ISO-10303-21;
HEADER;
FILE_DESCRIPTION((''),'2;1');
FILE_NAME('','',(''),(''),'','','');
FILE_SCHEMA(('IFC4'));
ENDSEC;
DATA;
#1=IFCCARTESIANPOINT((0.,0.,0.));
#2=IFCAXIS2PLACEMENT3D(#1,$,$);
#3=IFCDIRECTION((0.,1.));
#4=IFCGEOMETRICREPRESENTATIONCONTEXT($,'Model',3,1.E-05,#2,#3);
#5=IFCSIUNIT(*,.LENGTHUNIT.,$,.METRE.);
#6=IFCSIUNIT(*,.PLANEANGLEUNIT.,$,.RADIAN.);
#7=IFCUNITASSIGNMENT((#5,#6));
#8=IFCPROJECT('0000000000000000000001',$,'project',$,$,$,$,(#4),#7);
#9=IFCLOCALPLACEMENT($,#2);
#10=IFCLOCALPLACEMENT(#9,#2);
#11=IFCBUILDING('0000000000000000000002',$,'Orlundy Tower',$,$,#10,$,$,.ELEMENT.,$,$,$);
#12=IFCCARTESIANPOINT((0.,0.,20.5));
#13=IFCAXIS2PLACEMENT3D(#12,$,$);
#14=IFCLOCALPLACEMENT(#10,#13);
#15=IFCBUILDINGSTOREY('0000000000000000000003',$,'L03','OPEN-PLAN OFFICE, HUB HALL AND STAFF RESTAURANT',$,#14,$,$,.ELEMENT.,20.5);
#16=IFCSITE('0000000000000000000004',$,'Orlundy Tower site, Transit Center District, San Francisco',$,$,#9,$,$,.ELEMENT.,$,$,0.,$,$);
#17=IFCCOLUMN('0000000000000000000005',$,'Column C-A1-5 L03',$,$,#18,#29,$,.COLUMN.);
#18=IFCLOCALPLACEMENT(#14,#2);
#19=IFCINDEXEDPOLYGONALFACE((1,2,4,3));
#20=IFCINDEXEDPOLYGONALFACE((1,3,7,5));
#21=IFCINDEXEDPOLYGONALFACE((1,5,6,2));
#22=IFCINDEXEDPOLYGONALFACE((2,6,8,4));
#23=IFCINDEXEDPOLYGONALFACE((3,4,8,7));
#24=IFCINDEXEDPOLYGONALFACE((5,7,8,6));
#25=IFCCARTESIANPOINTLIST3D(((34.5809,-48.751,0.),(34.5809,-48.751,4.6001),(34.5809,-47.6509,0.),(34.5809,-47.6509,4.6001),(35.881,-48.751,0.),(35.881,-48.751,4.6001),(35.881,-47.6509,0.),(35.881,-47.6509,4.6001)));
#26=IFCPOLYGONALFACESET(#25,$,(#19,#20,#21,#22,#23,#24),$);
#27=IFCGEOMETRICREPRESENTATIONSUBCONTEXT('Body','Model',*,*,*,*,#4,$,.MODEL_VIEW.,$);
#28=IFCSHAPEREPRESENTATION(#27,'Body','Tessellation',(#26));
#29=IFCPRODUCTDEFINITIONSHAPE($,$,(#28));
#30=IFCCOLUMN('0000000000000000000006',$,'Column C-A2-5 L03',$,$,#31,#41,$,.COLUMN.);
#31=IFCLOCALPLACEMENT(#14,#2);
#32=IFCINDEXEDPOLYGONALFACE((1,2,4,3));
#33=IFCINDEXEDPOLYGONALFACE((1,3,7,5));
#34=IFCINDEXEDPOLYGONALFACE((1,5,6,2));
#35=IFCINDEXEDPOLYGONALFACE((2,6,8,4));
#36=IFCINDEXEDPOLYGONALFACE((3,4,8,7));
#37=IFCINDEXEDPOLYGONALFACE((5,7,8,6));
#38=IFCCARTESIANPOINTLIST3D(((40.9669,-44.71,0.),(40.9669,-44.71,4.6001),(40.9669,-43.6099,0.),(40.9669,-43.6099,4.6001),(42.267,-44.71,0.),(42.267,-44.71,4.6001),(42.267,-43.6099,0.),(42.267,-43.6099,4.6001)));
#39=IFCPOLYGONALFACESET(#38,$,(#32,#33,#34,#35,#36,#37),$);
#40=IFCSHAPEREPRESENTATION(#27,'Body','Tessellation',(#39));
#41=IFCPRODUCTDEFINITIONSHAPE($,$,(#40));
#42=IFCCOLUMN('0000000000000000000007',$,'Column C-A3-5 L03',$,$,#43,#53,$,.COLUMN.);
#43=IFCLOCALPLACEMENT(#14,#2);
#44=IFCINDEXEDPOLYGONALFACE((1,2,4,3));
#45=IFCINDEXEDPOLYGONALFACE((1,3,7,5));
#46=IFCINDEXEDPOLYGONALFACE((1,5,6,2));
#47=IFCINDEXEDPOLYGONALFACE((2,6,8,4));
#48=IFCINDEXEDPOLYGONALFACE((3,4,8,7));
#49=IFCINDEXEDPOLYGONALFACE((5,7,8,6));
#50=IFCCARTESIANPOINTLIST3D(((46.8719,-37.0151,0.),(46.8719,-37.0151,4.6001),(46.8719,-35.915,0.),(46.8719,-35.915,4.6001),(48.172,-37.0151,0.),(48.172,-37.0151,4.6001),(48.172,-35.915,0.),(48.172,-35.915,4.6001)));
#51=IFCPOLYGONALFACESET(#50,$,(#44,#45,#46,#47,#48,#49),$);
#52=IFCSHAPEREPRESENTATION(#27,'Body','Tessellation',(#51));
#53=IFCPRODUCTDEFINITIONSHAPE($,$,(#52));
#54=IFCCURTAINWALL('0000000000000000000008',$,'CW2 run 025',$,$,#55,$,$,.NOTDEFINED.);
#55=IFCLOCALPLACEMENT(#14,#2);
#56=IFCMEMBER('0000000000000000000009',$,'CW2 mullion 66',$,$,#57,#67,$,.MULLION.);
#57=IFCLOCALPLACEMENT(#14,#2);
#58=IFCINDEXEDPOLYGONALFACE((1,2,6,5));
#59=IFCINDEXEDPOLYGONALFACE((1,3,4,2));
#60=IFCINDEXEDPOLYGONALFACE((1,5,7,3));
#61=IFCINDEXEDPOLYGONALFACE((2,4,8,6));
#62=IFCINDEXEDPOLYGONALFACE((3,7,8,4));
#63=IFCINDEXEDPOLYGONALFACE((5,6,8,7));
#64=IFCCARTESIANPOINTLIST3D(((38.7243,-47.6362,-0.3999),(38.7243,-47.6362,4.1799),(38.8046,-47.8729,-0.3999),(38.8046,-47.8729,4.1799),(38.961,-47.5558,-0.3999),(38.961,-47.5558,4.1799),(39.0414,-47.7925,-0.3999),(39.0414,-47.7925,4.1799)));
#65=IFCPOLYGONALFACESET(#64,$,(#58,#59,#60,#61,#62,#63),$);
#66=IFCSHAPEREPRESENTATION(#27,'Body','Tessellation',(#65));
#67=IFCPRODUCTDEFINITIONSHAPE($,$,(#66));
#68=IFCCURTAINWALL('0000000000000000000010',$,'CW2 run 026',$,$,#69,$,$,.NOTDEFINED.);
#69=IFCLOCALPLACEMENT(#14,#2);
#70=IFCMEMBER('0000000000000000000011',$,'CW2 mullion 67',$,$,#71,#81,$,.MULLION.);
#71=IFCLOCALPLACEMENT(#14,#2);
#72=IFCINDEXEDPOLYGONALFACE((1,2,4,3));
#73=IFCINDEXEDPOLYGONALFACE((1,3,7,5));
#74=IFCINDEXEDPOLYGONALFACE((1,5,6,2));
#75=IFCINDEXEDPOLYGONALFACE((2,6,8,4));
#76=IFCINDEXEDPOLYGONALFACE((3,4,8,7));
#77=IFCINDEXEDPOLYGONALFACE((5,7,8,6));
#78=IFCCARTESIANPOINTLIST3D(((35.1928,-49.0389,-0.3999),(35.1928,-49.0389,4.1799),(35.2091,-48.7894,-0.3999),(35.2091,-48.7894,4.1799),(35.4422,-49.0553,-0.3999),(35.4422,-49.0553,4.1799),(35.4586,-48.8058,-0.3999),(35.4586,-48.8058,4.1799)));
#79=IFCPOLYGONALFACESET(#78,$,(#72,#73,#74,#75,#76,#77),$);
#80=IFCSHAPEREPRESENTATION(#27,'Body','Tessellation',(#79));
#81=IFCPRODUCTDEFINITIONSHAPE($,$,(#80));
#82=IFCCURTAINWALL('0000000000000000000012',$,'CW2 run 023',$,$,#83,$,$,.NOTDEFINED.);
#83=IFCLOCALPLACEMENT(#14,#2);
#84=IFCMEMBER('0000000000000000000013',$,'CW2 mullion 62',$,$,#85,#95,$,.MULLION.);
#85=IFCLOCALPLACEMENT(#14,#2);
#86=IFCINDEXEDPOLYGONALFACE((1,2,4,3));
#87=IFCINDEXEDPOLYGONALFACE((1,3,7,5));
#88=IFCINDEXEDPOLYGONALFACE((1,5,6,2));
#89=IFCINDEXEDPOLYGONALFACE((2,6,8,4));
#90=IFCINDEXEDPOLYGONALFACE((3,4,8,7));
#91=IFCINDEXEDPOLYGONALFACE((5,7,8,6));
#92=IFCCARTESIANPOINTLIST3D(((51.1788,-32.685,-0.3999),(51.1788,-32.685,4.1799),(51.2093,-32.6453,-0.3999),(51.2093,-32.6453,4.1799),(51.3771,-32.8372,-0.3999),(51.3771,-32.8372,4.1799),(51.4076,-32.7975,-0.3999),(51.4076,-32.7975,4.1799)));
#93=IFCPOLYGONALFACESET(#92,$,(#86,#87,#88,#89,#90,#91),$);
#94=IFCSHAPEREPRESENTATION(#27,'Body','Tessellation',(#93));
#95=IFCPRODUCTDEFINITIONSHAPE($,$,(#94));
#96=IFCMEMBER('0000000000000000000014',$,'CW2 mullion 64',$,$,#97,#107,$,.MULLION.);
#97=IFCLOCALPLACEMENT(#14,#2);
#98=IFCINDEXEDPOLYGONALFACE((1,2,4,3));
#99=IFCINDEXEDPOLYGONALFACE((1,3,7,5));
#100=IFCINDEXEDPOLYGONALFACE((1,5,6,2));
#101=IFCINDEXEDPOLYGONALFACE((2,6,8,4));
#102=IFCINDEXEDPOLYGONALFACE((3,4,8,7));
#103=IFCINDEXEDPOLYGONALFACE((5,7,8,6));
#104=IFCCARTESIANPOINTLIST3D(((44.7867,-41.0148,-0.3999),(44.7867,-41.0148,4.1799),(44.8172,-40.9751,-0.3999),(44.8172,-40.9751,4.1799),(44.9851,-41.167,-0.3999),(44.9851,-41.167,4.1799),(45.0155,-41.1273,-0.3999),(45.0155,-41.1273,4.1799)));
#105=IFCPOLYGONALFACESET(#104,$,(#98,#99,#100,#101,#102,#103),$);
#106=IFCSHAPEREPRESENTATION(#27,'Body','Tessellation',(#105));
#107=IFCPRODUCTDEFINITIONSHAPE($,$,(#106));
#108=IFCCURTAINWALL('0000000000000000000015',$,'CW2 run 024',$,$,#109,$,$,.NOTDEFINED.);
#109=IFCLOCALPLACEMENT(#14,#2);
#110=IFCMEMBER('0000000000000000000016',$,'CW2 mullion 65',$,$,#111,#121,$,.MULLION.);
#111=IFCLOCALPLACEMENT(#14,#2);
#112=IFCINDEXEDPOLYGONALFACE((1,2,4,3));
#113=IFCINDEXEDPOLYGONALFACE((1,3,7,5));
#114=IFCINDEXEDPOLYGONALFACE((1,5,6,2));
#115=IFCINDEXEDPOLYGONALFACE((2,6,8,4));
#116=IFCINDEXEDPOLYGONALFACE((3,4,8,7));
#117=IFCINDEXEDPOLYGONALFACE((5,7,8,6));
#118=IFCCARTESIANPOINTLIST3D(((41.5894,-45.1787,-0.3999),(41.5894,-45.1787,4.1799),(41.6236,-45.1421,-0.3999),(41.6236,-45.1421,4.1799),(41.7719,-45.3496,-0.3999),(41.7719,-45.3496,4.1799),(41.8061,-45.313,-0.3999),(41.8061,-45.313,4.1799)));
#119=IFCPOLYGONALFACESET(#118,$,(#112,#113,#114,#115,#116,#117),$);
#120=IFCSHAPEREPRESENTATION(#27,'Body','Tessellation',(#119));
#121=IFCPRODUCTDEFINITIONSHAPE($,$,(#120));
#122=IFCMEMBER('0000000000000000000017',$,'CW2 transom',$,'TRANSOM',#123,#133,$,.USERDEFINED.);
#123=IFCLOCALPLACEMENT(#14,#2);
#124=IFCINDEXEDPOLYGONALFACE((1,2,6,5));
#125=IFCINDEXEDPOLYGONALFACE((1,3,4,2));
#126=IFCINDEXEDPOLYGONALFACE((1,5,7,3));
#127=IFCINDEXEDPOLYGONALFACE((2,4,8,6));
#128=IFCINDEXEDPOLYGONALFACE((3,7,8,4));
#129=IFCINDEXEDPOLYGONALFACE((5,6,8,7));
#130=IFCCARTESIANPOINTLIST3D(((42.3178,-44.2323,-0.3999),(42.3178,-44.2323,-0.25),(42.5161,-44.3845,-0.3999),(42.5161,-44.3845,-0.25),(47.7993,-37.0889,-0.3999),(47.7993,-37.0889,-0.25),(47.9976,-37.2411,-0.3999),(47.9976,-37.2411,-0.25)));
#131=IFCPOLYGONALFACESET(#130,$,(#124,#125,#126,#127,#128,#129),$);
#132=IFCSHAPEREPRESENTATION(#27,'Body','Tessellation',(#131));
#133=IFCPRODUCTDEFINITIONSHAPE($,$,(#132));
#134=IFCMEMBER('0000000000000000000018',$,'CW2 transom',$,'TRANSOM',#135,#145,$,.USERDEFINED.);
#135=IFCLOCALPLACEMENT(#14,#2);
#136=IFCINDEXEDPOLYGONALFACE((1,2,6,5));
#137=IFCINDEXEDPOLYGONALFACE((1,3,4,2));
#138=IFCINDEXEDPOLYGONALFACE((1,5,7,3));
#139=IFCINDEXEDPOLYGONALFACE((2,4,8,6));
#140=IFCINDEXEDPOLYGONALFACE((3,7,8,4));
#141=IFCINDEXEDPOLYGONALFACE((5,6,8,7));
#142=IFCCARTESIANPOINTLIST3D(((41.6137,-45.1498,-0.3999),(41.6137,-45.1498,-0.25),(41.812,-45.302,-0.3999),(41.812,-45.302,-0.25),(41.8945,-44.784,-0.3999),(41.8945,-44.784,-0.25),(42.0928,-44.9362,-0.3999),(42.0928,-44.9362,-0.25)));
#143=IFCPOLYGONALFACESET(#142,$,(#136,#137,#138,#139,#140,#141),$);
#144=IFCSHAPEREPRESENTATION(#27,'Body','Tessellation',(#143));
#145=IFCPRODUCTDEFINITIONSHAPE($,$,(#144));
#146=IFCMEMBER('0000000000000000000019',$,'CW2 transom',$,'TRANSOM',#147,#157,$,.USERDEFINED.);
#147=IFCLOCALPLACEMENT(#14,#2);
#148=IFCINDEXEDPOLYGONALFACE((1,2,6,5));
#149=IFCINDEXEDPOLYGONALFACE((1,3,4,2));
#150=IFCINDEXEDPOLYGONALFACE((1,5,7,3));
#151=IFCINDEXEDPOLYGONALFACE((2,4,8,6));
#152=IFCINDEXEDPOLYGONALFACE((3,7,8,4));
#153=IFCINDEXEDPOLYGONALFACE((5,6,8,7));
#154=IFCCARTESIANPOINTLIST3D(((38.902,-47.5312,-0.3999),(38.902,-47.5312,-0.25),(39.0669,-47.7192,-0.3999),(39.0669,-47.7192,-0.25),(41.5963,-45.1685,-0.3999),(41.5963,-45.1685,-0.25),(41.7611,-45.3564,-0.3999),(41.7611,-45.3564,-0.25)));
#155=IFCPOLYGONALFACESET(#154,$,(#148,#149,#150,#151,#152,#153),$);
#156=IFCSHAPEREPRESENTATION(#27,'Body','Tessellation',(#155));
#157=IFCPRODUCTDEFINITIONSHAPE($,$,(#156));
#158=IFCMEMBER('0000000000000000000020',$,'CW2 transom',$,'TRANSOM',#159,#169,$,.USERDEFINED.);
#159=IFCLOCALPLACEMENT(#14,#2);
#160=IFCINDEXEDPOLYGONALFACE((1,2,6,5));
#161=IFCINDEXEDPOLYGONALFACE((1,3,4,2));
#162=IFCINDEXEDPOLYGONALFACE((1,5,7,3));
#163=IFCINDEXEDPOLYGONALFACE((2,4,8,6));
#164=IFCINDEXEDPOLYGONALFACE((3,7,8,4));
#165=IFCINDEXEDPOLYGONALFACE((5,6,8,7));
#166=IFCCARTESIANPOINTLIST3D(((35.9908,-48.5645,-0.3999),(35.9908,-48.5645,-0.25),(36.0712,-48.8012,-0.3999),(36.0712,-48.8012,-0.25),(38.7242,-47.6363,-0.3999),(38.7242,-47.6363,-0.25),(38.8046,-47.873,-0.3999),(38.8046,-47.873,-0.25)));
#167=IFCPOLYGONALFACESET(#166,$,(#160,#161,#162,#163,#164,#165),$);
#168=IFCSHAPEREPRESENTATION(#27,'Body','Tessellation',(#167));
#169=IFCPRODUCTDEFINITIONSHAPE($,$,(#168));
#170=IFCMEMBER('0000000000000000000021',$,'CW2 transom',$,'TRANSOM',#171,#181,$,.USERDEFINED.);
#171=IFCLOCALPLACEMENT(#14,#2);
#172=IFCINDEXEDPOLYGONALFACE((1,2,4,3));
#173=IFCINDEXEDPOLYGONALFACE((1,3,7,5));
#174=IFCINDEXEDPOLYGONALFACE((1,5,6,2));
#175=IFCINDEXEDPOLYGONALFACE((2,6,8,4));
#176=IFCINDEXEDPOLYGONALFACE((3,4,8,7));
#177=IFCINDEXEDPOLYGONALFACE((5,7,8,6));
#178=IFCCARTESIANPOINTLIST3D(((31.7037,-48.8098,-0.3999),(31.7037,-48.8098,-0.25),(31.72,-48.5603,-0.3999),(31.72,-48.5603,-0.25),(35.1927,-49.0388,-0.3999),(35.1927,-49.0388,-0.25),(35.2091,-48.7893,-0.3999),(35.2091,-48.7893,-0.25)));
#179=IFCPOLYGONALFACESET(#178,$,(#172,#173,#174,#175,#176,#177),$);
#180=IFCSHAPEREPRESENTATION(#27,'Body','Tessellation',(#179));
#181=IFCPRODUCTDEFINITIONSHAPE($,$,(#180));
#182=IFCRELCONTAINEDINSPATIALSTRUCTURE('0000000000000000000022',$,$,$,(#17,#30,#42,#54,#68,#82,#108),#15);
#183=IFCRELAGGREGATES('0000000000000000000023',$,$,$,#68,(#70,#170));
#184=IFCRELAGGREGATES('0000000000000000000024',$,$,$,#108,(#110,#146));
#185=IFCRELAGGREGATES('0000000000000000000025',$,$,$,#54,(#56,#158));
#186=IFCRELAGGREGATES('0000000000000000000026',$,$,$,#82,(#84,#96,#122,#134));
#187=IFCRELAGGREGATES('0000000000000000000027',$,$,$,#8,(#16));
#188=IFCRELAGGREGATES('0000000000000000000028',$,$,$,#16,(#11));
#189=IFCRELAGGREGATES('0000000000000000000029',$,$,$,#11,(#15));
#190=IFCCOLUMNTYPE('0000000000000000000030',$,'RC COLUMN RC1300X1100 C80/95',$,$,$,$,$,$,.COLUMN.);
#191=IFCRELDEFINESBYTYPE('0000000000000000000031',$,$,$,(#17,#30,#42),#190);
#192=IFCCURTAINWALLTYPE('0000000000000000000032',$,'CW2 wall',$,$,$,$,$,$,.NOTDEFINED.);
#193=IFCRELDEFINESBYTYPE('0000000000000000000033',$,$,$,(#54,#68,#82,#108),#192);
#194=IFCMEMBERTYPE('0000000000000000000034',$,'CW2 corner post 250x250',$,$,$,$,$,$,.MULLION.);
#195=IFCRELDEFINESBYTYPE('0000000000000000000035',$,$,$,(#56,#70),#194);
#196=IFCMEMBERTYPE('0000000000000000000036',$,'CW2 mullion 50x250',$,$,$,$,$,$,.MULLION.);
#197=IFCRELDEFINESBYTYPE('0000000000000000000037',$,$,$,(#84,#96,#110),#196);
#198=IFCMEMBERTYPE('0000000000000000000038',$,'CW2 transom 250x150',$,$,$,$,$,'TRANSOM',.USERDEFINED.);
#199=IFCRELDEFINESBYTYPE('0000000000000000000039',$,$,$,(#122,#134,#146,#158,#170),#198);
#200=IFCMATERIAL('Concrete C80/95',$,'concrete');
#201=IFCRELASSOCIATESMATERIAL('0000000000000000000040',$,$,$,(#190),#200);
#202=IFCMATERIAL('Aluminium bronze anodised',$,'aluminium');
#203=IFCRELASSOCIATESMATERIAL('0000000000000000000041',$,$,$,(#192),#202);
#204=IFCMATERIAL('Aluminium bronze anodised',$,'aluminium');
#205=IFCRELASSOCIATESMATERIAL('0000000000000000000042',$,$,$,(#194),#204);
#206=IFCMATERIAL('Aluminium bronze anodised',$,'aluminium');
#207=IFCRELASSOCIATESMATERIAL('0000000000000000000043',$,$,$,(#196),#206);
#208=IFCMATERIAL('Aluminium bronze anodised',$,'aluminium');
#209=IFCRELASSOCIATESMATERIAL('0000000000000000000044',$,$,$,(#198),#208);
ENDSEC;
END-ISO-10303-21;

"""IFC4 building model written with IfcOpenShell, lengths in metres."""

from ifc_helpers import new_model, si_unit, direction, frame, origin, origin_2d, place, context, subcontext, project, spatial, rectangle, extrude, material, material_profile, profile_set, type_object, element, aggregate, save


model = new_model("IFC4")

# Units and contexts
model_context = context("Model", 3, precision=1e-05, world=origin(), true_north=direction((0.0, 1.0)))
body_context = subcontext(model_context, "Body", "Model", "MODEL_VIEW")
ifc_project = project(units=[si_unit("LENGTHUNIT", "METRE"), si_unit("PLANEANGLEUNIT", "RADIAN")], contexts=[model_context])

# Site, building, storey
site_placement = place(None, origin())
site = spatial("IfcSite", under=ifc_project, at=site_placement, Name="Orlundy Tower site, Transit Center District, San Francisco", CompositionType="ELEMENT", RefElevation=0.0)
building_placement = place(site_placement, origin())
building = spatial("IfcBuilding", under=site, at=building_placement, Name="Orlundy Tower", CompositionType="ELEMENT")
storey_placement = place(building_placement, frame((0.0, 0.0, 20.5)))
storey = spatial("IfcBuildingStorey", under=building, at=storey_placement, Name="L03", Description="OPEN-PLAN OFFICE, HUB HALL AND STAFF RESTAURANT", CompositionType="ELEMENT", Elevation=20.5)

# Columns
ifc_material_1 = material(Name="Concrete C80/95", Category="concrete")
ifc_material_profile_1 = material_profile(ifc_material_1, rectangle(XDim=1.3, YDim=1.1001, at=origin_2d()), Name="RC1300X1100")
ifc_profile_set_1 = profile_set([ifc_material_profile_1], Name="Concrete C80/95")
column_type = type_object("IfcColumnType", Name="RC COLUMN RC1300X1100 C80/95", PredefinedType="COLUMN", material=ifc_profile_set_1)
for number, where, z_axis, x_axis, name in (
    (1, (35.231, -48.2009, 0.0), (0.0, 0.0, 1.0), (1.0, 0.0, 0.0), "Column C-A1-5 L03"),
    (2, (41.6169, -44.1599, 0.0), (0.0, 0.0, 1.0), (1.0, 0.0, 0.0), "Column C-A2-5 L03"),
    (3, (47.522, -36.4651, 0.0), (0.0, 0.0, 1.0), (1.0, 0.0, 0.0), "Column C-A3-5 L03"),
):
    element("IfcColumn", number, at=place(storey_placement, frame(where, z_axis=z_axis, x_axis=x_axis)), inside=storey, type_object=column_type, Name=name, PredefinedType="COLUMN", context=body_context, shape_type="SweptSolid", body=[
        extrude(rectangle(XDim=1.3, YDim=1.1001, at=origin_2d()), origin(), (0.0, 0.0, 1.0), 4.6001),
    ])

# Curtain walls, members
ifc_material_2 = material(Name="Aluminium bronze anodised", Category="aluminium")
curtain_wall_type = type_object("IfcCurtainWallType", Name="CW2 wall", PredefinedType="NOTDEFINED", material=ifc_material_2)
curtain_wall_1_placement = place(storey_placement, origin())
curtain_wall_1 = element("IfcCurtainWall", 4, at=curtain_wall_1_placement, inside=storey, type_object=curtain_wall_type, Name="CW2 run 025", PredefinedType="NOTDEFINED")
ifc_material_3 = material(Name="Aluminium bronze anodised", Category="aluminium")
ifc_material_profile_2 = material_profile(ifc_material_3, rectangle(XDim=0.25, YDim=0.25, at=origin_2d()), Name="CW2 corner post 250x250")
ifc_profile_set_2 = profile_set([ifc_material_profile_2], Name="Aluminium bronze anodised")
member_type_1 = type_object("IfcMemberType", Name="CW2 corner post 250x250", PredefinedType="MULLION", material=ifc_profile_set_2)
member_1_placement = place(storey_placement, frame((38.8828, -47.7144, -0.3999), z_axis=(0.0, 0.0, 1.0), x_axis=(0.321564, -0.946888, 0.0)))
member_1 = element("IfcMember", 5, at=member_1_placement, type_object=member_type_1, Name="CW2 mullion 66", PredefinedType="MULLION", context=body_context, shape_type="SweptSolid", body=[
    extrude(rectangle(XDim=0.25, YDim=0.25, at=origin_2d()), origin(), (0.0, 0.0, 1.0), 4.5798),
])
curtain_wall_2_placement = place(storey_placement, origin())
curtain_wall_2 = element("IfcCurtainWall", 6, at=curtain_wall_2_placement, inside=storey, type_object=curtain_wall_type, Name="CW2 run 026", PredefinedType="NOTDEFINED")
member_2_placement = place(storey_placement, frame((35.3257, -48.9224, -0.3999), z_axis=(0.0, 0.0, 1.0), x_axis=(-0.065552, -0.997849, 0.0)))
member_2 = element("IfcMember", 7, at=member_2_placement, type_object=member_type_1, Name="CW2 mullion 67", PredefinedType="MULLION", context=body_context, shape_type="SweptSolid", body=[
    extrude(rectangle(XDim=0.25, YDim=0.25, at=origin_2d()), origin(), (0.0, 0.0, 1.0), 4.5798),
])

# Curtain wall, members
curtain_wall_3_placement = place(storey_placement, origin())
curtain_wall_3 = element("IfcCurtainWall", 8, at=curtain_wall_3_placement, inside=storey, type_object=curtain_wall_type, Name="CW2 run 023", PredefinedType="NOTDEFINED")
ifc_material_4 = material(Name="Aluminium bronze anodised", Category="aluminium")
ifc_material_profile_3 = material_profile(ifc_material_4, rectangle(XDim=0.25, YDim=0.05, at=origin_2d()), Name="CW2 mullion 50x250")
ifc_profile_set_3 = profile_set([ifc_material_profile_3], Name="Aluminium bronze anodised")
member_type_2 = type_object("IfcMemberType", Name="CW2 mullion 50x250", PredefinedType="MULLION", material=ifc_profile_set_3)
member_3_placement = place(storey_placement, frame((51.2932, -32.7412, -0.3999), z_axis=(0.0, 0.0, 1.0), x_axis=(0.793346, -0.608771, 0.0)))
member_3 = element("IfcMember", 9, at=member_3_placement, type_object=member_type_2, Name="CW2 mullion 62", PredefinedType="MULLION", context=body_context, shape_type="SweptSolid", body=[
    extrude(rectangle(XDim=0.25, YDim=0.05, at=origin_2d()), origin(), (0.0, 0.0, 1.0), 4.5798),
])
member_4_placement = place(storey_placement, frame((44.9011, -41.071, -0.3999), z_axis=(0.0, 0.0, 1.0), x_axis=(0.793346, -0.608771, 0.0)))
member_4 = element("IfcMember", 10, at=member_4_placement, type_object=member_type_2, Name="CW2 mullion 64", PredefinedType="MULLION", context=body_context, shape_type="SweptSolid", body=[
    extrude(rectangle(XDim=0.25, YDim=0.05, at=origin_2d()), origin(), (0.0, 0.0, 1.0), 4.5798),
])

# Curtain wall, member
curtain_wall_4_placement = place(storey_placement, origin())
curtain_wall_4 = element("IfcCurtainWall", 11, at=curtain_wall_4_placement, inside=storey, type_object=curtain_wall_type, Name="CW2 run 024", PredefinedType="NOTDEFINED")
member_5_placement = place(storey_placement, frame((41.6978, -45.2458, -0.3999), z_axis=(0.0, 0.0, 1.0), x_axis=(0.729851, -0.683607, 0.0)))
member_5 = element("IfcMember", 12, at=member_5_placement, type_object=member_type_2, Name="CW2 mullion 65", PredefinedType="MULLION", context=body_context, shape_type="SweptSolid", body=[
    extrude(rectangle(XDim=0.25, YDim=0.05, at=origin_2d()), origin(), (0.0, 0.0, 1.0), 4.5798),
])

# Members
ifc_material_5 = material(Name="Aluminium bronze anodised", Category="aluminium")
ifc_material_profile_4 = material_profile(ifc_material_5, rectangle(XDim=0.25, YDim=0.1499, at=origin_2d()), Name="CW2 transom 250x150")
ifc_profile_set_4 = profile_set([ifc_material_profile_4], Name="Aluminium bronze anodised")
member_type_3 = type_object("IfcMemberType", Name="CW2 transom 250x150", ElementType="TRANSOM", PredefinedType="USERDEFINED", material=ifc_profile_set_4)
member_6_placement = place(storey_placement, frame((47.8984, -37.165, -0.325), z_axis=(-0.608775, -0.793343, 0.0), x_axis=(0.793343, -0.608775, 0.0)))
member_6 = element("IfcMember", 13, at=member_6_placement, type_object=member_type_3, Name="CW2 transom", ObjectType="TRANSOM", PredefinedType="USERDEFINED", context=body_context, shape_type="SweptSolid", body=[
    extrude(rectangle(XDim=0.25, YDim=0.1499, at=origin_2d()), origin(), (0.0, 0.0, 1.0), 9.0042),
])
member_7_placement = place(storey_placement, frame((41.9937, -44.8601, -0.325), z_axis=(-0.608943, -0.793214, 0.0), x_axis=(0.793214, -0.608943, 0.0)))
member_7 = element("IfcMember", 14, at=member_7_placement, type_object=member_type_3, Name="CW2 transom", ObjectType="TRANSOM", PredefinedType="USERDEFINED", context=body_context, shape_type="SweptSolid", body=[
    extrude(rectangle(XDim=0.25, YDim=0.1499, at=origin_2d()), origin(), (0.0, 0.0, 1.0), 0.4612),
])
member_8_placement = place(storey_placement, frame((41.6787, -45.2625, -0.325), z_axis=(-0.75185, -0.659334, 0.0), x_axis=(0.659334, -0.75185, 0.0)))
member_8 = element("IfcMember", 15, at=member_8_placement, type_object=member_type_3, Name="CW2 transom", ObjectType="TRANSOM", PredefinedType="USERDEFINED", context=body_context, shape_type="SweptSolid", body=[
    extrude(rectangle(XDim=0.25, YDim=0.1499, at=origin_2d()), origin(), (0.0, 0.0, 1.0), 3.5835),
])
member_9_placement = place(storey_placement, frame((38.7644, -47.7546, -0.325), z_axis=(-0.946892, -0.321551, 0.0), x_axis=(0.321551, -0.946892, 0.0)))
member_9 = element("IfcMember", 16, at=member_9_placement, type_object=member_type_3, Name="CW2 transom", ObjectType="TRANSOM", PredefinedType="USERDEFINED", context=body_context, shape_type="SweptSolid", body=[
    extrude(rectangle(XDim=0.25, YDim=0.1499, at=origin_2d()), origin(), (0.0, 0.0, 1.0), 2.8867),
])
member_10_placement = place(storey_placement, frame((35.2009, -48.9141, -0.325), z_axis=(-0.997853, 0.065495, 0.0), x_axis=(-0.065495, -0.997853, 0.0)))
member_10 = element("IfcMember", 17, at=member_10_placement, type_object=member_type_3, Name="CW2 transom", ObjectType="TRANSOM", PredefinedType="USERDEFINED", context=body_context, shape_type="SweptSolid", body=[
    extrude(rectangle(XDim=0.25, YDim=0.1499, at=origin_2d()), origin(), (0.0, 0.0, 1.0), 3.4966),
])
aggregate(curtain_wall_2, [member_2, member_10])

aggregate(curtain_wall_4, [member_5, member_8])
aggregate(curtain_wall_1, [member_1, member_9])
aggregate(curtain_wall_3, [member_3, member_4, member_6, member_7])

save(model, "model.ifc")
